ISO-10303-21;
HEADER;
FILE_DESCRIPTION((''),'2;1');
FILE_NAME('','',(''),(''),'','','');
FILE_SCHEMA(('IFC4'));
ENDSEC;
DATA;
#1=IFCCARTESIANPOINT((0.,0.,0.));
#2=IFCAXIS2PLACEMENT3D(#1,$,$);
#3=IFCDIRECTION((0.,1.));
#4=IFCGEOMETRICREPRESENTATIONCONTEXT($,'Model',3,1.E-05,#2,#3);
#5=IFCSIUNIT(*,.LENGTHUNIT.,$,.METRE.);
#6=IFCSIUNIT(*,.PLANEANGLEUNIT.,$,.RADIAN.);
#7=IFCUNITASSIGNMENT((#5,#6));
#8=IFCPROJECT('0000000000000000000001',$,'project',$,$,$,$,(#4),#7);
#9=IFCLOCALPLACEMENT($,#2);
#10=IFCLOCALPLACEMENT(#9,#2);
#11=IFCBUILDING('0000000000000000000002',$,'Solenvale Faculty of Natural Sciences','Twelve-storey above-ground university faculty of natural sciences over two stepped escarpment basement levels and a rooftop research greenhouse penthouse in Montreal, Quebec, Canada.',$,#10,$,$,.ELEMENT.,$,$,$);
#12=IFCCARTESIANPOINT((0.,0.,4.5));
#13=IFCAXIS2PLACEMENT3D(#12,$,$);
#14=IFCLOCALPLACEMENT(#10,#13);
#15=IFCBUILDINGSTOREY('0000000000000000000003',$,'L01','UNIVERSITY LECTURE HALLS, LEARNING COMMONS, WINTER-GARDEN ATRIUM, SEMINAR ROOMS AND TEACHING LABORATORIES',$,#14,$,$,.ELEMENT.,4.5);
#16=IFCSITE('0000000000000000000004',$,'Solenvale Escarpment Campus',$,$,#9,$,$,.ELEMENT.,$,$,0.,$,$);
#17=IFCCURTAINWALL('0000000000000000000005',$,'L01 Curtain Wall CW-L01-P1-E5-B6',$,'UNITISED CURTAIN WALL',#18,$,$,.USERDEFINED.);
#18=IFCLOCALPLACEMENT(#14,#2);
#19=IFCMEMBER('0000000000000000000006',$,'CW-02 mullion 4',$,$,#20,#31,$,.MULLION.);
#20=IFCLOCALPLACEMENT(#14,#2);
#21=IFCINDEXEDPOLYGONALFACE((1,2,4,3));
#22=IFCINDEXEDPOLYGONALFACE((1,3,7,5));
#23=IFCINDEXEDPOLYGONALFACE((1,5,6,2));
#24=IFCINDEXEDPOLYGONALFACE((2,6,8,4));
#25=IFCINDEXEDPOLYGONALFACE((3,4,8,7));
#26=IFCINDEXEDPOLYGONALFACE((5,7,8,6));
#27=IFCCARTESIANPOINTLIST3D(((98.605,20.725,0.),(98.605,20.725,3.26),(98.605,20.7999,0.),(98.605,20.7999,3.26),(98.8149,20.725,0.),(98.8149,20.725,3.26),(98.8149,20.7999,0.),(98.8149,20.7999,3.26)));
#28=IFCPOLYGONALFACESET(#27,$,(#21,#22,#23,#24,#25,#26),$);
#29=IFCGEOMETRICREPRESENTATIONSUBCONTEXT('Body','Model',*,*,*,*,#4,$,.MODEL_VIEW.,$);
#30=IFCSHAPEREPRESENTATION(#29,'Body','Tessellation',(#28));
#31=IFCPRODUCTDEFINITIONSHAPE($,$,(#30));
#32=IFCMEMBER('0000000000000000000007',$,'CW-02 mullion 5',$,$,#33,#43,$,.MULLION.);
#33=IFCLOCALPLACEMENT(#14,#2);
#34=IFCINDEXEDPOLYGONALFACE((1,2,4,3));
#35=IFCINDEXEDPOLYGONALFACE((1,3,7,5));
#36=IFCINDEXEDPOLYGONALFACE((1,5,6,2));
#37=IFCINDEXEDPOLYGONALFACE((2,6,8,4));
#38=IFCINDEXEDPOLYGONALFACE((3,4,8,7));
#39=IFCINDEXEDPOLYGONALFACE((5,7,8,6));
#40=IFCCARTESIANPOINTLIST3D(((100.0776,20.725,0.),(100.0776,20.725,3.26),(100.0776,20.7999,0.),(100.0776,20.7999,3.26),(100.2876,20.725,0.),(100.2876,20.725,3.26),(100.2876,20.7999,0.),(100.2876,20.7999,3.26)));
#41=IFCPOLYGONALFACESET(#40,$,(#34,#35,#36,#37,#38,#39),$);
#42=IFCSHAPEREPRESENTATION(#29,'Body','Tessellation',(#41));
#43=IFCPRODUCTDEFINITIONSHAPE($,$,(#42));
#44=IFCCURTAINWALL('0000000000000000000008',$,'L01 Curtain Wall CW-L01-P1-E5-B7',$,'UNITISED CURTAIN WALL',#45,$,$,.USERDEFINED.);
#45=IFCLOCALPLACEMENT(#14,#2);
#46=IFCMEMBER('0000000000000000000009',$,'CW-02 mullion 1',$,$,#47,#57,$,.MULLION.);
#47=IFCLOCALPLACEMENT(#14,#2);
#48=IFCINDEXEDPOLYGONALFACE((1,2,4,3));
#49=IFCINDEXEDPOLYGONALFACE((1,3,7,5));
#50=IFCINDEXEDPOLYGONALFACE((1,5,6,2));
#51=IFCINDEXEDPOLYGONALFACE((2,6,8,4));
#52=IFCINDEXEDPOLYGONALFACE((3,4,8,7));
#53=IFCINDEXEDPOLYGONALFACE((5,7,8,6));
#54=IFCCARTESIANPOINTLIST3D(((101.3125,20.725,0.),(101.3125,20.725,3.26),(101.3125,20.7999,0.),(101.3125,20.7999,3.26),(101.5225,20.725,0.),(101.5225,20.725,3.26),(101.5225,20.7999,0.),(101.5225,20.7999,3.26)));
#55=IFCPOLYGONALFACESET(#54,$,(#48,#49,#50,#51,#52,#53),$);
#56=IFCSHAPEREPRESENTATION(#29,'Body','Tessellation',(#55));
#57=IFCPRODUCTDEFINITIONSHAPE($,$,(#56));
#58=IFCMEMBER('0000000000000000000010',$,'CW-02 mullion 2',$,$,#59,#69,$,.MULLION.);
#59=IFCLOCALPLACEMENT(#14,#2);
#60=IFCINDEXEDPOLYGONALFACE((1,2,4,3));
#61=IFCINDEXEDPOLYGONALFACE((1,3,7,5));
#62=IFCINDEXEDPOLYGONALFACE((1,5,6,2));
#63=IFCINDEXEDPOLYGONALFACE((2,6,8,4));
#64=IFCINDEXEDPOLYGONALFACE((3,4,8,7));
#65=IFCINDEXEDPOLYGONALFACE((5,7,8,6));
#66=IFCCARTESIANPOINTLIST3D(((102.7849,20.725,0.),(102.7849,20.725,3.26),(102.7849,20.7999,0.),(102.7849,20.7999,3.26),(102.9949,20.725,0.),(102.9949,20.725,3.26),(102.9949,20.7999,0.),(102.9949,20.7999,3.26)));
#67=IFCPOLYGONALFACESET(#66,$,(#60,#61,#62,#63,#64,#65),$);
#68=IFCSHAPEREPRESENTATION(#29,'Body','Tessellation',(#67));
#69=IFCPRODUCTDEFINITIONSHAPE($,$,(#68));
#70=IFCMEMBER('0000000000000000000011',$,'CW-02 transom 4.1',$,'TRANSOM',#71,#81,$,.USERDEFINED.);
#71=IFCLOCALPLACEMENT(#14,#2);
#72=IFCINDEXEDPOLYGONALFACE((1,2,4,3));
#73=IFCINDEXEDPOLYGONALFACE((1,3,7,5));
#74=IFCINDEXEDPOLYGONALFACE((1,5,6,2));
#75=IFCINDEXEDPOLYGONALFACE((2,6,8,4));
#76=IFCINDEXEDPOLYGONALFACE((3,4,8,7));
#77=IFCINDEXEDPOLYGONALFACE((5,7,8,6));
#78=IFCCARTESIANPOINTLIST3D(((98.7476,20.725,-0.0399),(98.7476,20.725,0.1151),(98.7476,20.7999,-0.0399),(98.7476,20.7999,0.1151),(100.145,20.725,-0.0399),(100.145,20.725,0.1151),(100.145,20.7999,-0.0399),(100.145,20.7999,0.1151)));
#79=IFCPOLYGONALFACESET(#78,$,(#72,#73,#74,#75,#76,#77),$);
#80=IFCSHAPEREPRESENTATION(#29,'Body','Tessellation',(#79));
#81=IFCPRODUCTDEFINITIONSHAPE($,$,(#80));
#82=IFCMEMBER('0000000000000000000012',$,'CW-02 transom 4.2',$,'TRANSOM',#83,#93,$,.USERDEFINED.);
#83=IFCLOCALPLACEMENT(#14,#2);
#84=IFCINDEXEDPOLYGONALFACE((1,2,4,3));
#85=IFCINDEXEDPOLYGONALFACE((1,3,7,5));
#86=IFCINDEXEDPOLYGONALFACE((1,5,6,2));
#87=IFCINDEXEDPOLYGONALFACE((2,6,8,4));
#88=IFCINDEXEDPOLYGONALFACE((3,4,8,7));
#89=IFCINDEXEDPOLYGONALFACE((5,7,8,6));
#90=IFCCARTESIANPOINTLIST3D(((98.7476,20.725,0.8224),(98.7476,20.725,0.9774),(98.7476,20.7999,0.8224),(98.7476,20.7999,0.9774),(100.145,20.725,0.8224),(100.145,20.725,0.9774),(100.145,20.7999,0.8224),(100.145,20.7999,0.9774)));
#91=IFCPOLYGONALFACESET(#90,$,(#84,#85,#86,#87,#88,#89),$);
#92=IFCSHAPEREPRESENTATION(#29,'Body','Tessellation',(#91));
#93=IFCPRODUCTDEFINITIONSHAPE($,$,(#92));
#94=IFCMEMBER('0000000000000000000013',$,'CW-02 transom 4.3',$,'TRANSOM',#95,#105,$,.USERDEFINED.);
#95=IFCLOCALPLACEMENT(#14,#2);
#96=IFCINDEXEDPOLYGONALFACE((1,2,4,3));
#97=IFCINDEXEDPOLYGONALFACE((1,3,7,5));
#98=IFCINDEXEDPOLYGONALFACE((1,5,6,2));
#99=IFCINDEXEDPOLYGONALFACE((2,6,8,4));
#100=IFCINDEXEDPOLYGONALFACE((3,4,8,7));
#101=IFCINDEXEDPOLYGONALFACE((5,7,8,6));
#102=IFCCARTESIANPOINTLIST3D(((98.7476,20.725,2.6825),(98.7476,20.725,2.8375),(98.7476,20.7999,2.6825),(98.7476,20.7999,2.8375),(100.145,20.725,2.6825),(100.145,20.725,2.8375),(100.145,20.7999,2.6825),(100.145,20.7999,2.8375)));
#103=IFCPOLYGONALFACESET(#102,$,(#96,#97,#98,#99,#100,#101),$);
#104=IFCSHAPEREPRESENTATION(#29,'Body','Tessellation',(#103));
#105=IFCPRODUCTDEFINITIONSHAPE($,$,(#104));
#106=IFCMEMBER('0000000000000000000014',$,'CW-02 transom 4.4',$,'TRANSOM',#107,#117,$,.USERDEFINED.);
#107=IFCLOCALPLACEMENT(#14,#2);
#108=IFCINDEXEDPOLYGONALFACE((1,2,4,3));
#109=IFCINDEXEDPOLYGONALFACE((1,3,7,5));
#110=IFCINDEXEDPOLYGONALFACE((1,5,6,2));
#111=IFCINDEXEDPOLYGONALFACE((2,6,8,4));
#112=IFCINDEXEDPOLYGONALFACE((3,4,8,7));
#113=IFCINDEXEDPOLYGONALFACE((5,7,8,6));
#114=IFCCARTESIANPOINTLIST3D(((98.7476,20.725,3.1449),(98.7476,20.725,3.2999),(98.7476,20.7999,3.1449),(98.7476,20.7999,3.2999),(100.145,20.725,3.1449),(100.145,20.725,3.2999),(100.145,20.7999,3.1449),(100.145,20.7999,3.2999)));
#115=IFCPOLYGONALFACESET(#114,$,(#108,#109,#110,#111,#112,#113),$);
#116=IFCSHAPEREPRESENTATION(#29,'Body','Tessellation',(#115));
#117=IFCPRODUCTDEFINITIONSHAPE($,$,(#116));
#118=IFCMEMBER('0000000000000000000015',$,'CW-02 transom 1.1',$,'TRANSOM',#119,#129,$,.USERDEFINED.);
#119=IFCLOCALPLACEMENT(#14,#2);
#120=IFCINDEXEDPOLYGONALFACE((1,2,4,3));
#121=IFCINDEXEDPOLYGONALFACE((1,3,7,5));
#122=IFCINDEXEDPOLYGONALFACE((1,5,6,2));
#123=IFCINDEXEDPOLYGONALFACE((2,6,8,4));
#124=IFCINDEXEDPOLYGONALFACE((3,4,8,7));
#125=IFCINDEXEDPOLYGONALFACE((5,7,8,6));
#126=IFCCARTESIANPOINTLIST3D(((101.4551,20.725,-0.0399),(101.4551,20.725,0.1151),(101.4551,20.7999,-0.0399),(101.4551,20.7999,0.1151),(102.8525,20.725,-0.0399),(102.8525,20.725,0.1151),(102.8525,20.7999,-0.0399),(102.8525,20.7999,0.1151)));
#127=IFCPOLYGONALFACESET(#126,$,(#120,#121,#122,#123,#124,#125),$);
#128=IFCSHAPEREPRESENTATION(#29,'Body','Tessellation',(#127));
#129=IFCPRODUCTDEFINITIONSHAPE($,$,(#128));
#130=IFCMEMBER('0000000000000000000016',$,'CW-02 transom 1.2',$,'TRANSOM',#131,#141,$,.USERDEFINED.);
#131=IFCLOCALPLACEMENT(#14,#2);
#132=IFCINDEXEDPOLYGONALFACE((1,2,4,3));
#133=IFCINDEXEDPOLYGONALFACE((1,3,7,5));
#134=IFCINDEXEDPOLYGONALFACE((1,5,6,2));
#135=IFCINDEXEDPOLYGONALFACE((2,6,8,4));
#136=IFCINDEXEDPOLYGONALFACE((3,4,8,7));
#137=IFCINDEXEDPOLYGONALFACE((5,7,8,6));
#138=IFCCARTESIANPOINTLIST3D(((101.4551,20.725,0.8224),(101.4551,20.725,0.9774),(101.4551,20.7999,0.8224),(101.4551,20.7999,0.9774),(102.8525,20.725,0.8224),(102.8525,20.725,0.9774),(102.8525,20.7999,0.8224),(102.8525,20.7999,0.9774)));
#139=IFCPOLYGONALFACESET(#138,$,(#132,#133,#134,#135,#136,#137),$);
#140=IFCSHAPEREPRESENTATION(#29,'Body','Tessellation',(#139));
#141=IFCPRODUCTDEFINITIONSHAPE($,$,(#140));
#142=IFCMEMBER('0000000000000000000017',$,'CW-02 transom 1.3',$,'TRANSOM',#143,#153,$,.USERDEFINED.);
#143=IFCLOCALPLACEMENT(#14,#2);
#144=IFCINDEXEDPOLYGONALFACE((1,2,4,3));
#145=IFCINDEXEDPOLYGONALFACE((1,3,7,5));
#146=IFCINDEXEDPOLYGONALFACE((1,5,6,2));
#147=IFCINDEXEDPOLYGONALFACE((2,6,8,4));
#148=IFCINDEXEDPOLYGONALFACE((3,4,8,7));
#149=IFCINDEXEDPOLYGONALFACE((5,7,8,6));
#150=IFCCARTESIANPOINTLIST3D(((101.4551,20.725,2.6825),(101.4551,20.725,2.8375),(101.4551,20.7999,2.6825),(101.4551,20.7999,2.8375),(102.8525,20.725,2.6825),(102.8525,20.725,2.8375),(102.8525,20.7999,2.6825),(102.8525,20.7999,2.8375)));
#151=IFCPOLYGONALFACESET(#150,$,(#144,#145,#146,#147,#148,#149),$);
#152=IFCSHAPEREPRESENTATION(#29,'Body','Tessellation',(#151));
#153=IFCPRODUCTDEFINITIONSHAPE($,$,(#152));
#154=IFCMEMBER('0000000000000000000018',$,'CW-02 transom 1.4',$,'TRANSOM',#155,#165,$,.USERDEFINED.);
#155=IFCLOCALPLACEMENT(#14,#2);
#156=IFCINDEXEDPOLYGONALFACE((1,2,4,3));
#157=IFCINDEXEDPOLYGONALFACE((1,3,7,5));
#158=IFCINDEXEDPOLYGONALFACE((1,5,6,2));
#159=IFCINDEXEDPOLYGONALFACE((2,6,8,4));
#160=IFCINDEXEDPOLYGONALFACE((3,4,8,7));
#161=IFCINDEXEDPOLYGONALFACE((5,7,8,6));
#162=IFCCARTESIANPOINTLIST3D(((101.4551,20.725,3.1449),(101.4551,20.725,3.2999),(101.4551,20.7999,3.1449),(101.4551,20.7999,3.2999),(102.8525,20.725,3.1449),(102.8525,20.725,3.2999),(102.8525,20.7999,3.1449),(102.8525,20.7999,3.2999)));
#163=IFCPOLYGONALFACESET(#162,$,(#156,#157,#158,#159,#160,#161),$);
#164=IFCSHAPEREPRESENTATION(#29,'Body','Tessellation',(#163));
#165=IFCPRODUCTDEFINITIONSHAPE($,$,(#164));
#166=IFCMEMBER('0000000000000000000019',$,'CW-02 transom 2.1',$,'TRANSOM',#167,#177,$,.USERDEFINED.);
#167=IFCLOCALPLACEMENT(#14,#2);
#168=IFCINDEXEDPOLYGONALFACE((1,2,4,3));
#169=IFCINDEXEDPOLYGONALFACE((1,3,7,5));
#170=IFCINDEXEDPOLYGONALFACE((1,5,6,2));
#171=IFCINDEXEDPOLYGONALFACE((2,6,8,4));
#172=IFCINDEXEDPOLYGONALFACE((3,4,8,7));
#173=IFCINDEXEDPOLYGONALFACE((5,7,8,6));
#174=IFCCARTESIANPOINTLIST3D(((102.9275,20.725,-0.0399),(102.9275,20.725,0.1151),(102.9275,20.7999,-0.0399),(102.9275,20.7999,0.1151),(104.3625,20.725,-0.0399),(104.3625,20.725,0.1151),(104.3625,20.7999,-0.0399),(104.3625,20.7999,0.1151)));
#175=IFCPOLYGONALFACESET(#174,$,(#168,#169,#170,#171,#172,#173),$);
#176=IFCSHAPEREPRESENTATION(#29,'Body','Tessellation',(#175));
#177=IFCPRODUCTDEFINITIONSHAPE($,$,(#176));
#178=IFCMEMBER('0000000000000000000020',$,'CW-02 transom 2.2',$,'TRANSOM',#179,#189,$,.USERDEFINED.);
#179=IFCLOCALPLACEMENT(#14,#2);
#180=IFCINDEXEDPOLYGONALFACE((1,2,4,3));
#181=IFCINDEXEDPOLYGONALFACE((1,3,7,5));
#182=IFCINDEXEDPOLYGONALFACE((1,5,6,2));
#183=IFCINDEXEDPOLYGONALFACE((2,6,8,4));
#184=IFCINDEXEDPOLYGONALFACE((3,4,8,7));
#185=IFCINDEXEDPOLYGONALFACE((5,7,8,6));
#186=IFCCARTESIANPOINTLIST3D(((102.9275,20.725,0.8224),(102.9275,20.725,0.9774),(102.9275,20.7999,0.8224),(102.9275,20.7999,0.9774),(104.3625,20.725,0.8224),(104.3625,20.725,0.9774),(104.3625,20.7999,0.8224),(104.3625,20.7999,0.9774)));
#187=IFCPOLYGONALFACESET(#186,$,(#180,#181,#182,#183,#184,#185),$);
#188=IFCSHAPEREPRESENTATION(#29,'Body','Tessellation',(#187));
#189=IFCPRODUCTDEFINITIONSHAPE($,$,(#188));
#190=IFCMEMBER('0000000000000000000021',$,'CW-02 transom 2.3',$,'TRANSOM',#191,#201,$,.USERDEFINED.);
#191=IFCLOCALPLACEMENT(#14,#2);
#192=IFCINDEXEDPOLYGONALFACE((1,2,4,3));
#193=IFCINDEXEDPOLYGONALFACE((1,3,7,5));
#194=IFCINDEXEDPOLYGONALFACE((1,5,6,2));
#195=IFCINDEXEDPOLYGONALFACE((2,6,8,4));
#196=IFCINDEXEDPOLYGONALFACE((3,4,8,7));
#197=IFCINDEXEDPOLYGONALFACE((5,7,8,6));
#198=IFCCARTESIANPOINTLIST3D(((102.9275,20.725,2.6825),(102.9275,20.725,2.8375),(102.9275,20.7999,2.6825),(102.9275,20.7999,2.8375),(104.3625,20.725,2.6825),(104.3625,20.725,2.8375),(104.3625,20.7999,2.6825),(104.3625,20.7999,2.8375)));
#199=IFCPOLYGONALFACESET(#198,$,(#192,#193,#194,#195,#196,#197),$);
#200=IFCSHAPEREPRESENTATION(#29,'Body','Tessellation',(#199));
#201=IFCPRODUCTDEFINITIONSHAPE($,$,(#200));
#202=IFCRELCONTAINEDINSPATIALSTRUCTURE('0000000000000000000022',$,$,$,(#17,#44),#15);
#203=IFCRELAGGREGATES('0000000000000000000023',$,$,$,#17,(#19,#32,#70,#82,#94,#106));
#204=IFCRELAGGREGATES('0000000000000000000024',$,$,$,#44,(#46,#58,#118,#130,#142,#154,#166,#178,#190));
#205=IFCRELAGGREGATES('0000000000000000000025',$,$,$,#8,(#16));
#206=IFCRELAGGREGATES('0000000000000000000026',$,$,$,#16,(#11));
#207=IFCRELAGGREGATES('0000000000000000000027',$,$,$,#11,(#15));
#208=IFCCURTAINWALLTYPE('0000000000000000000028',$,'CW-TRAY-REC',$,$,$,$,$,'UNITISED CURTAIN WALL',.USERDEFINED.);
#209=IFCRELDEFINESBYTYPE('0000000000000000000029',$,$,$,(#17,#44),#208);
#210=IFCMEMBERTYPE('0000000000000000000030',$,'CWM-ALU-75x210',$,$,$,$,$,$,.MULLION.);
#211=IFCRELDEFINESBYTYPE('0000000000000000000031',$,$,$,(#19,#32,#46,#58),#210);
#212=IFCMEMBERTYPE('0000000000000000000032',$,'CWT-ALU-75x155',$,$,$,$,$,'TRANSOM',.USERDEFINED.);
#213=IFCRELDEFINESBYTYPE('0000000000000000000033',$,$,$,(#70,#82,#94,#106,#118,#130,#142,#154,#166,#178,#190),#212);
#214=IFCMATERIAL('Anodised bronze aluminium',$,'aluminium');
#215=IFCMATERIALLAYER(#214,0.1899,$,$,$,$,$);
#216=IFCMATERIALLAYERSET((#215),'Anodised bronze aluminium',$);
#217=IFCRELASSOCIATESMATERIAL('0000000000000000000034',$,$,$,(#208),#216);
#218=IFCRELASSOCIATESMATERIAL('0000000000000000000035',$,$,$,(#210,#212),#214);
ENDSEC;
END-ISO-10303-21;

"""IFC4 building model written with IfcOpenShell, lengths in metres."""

from ifc_helpers import new_model, si_unit, direction, frame, origin, origin_2d, place, context, subcontext, project, spatial, rectangle, extrude, material, layer, layer_set, material_profile, profile_set, type_object, element, aggregate, save


model = new_model("IFC4")

# Units and contexts
model_context = context("Model", 3, precision=1e-05, world=origin(), true_north=direction((0.0, 1.0)))
body_context = subcontext(model_context, "Body", "Model", "MODEL_VIEW")
ifc_project = project(units=[si_unit("LENGTHUNIT", "METRE"), si_unit("PLANEANGLEUNIT", "RADIAN")], contexts=[model_context])

# Site, building, storey
site_placement = place(None, origin())
site = spatial("IfcSite", under=ifc_project, at=site_placement, Name="Solenvale Escarpment Campus", CompositionType="ELEMENT", RefElevation=0.0)
building_placement = place(site_placement, origin())
building = spatial("IfcBuilding", under=site, at=building_placement, Name="Solenvale Faculty of Natural Sciences", Description="Twelve-storey above-ground university faculty of natural sciences over two stepped escarpment basement levels and a rooftop research greenhouse penthouse in Montreal, Quebec, Canada.", CompositionType="ELEMENT")
storey_placement = place(building_placement, frame((0.0, 0.0, 4.5)))
storey = spatial("IfcBuildingStorey", under=building, at=storey_placement, Name="L01", Description="UNIVERSITY LECTURE HALLS, LEARNING COMMONS, WINTER-GARDEN ATRIUM, SEMINAR ROOMS AND TEACHING LABORATORIES", CompositionType="ELEMENT", Elevation=4.5)

# Curtain walls, members
ifc_material_1 = material(Name="Anodised bronze aluminium", Category="aluminium")
ifc_layer_1 = layer(ifc_material_1, 0.1899)
ifc_layer_set_1 = layer_set([ifc_layer_1], Name="Anodised bronze aluminium")
curtain_wall_type = type_object("IfcCurtainWallType", Name="CW-TRAY-REC", ElementType="UNITISED CURTAIN WALL", PredefinedType="USERDEFINED", material=ifc_layer_set_1)
curtain_wall_1_placement = place(storey_placement, origin())
curtain_wall_1 = element("IfcCurtainWall", 1, at=curtain_wall_1_placement, inside=storey, type_object=curtain_wall_type, Name="L01 Curtain Wall CW-L01-P1-E5-B6", ObjectType="UNITISED CURTAIN WALL", PredefinedType="USERDEFINED")
ifc_material_profile_1 = material_profile(ifc_material_1, rectangle(XDim=0.075, YDim=0.21, at=origin_2d()), Name="ALU-MUL-75x210")
ifc_profile_set_1 = profile_set([ifc_material_profile_1], Name="Anodised bronze aluminium")
member_type_1 = type_object("IfcMemberType", Name="CWM-ALU-75x210", PredefinedType="MULLION", material=ifc_profile_set_1)
member_1_placement = place(storey_placement, frame((98.71, 20.7625, 0.0), z_axis=(0.0, 0.0, 1.0), x_axis=(0.0, 1.0, 0.0)))
member_1 = element("IfcMember", 2, at=member_1_placement, type_object=member_type_1, Name="CW-02 mullion 4", PredefinedType="MULLION", context=body_context, shape_type="SweptSolid", body=[
    extrude(rectangle(XDim=0.075, YDim=0.21, at=origin_2d()), origin(), (0.0, 0.0, 1.0), 3.26),
])
member_2_placement = place(storey_placement, frame((100.1826, 20.7625, 0.0), z_axis=(0.0, 0.0, 1.0), x_axis=(0.0, 1.0, 0.0)))
member_2 = element("IfcMember", 3, at=member_2_placement, type_object=member_type_1, Name="CW-02 mullion 5", PredefinedType="MULLION", context=body_context, shape_type="SweptSolid", body=[
    extrude(rectangle(XDim=0.075, YDim=0.21, at=origin_2d()), origin(), (0.0, 0.0, 1.0), 3.26),
])
curtain_wall_2_placement = place(storey_placement, origin())
curtain_wall_2 = element("IfcCurtainWall", 4, at=curtain_wall_2_placement, inside=storey, type_object=curtain_wall_type, Name="L01 Curtain Wall CW-L01-P1-E5-B7", ObjectType="UNITISED CURTAIN WALL", PredefinedType="USERDEFINED")
member_3_placement = place(storey_placement, frame((101.4175, 20.7625, 0.0), z_axis=(0.0, 0.0, 1.0), x_axis=(0.0, 1.0, 0.0)))
member_3 = element("IfcMember", 5, at=member_3_placement, type_object=member_type_1, Name="CW-02 mullion 1", PredefinedType="MULLION", context=body_context, shape_type="SweptSolid", body=[
    extrude(rectangle(XDim=0.075, YDim=0.21, at=origin_2d()), origin(), (0.0, 0.0, 1.0), 3.26),
])
member_4_placement = place(storey_placement, frame((102.8899, 20.7625, 0.0), z_axis=(0.0, 0.0, 1.0), x_axis=(0.0, 1.0, 0.0)))
member_4 = element("IfcMember", 6, at=member_4_placement, type_object=member_type_1, Name="CW-02 mullion 2", PredefinedType="MULLION", context=body_context, shape_type="SweptSolid", body=[
    extrude(rectangle(XDim=0.075, YDim=0.21, at=origin_2d()), origin(), (0.0, 0.0, 1.0), 3.26),
])

# Members
ifc_material_profile_2 = material_profile(ifc_material_1, rectangle(XDim=0.075, YDim=0.155, at=origin_2d()), Name="ALU-TRN-75x155")
ifc_profile_set_2 = profile_set([ifc_material_profile_2], Name="Anodised bronze aluminium")
member_type_2 = type_object("IfcMemberType", Name="CWT-ALU-75x155", ElementType="TRANSOM", PredefinedType="USERDEFINED", material=ifc_profile_set_2)
member_5_placement = place(storey_placement, frame((98.7476, 20.7625, 0.0376), z_axis=(1.0, 0.0, 0.0), x_axis=(0.0, 1.0, 0.0)))
member_5 = element("IfcMember", 7, at=member_5_placement, type_object=member_type_2, Name="CW-02 transom 4.1", ObjectType="TRANSOM", PredefinedType="USERDEFINED", context=body_context, shape_type="SweptSolid", body=[
    extrude(rectangle(XDim=0.075, YDim=0.155, at=origin_2d()), origin(), (0.0, 0.0, 1.0), 1.3975),
])
member_6_placement = place(storey_placement, frame((98.7476, 20.7625, 0.8999), z_axis=(1.0, 0.0, 0.0), x_axis=(0.0, 1.0, 0.0)))
member_6 = element("IfcMember", 8, at=member_6_placement, type_object=member_type_2, Name="CW-02 transom 4.2", ObjectType="TRANSOM", PredefinedType="USERDEFINED", context=body_context, shape_type="SweptSolid", body=[
    extrude(rectangle(XDim=0.075, YDim=0.155, at=origin_2d()), origin(), (0.0, 0.0, 1.0), 1.3975),
])
member_7_placement = place(storey_placement, frame((98.7476, 20.7625, 2.76), z_axis=(1.0, 0.0, 0.0), x_axis=(0.0, 1.0, 0.0)))
member_7 = element("IfcMember", 9, at=member_7_placement, type_object=member_type_2, Name="CW-02 transom 4.3", ObjectType="TRANSOM", PredefinedType="USERDEFINED", context=body_context, shape_type="SweptSolid", body=[
    extrude(rectangle(XDim=0.075, YDim=0.155, at=origin_2d()), origin(), (0.0, 0.0, 1.0), 1.3975),
])
member_8_placement = place(storey_placement, frame((98.7476, 20.7625, 3.2224), z_axis=(1.0, 0.0, 0.0), x_axis=(0.0, 1.0, 0.0)))
member_8 = element("IfcMember", 10, at=member_8_placement, type_object=member_type_2, Name="CW-02 transom 4.4", ObjectType="TRANSOM", PredefinedType="USERDEFINED", context=body_context, shape_type="SweptSolid", body=[
    extrude(rectangle(XDim=0.075, YDim=0.155, at=origin_2d()), origin(), (0.0, 0.0, 1.0), 1.3975),
])
member_9_placement = place(storey_placement, frame((101.4551, 20.7625, 0.0376), z_axis=(1.0, 0.0, 0.0), x_axis=(0.0, 1.0, 0.0)))
member_9 = element("IfcMember", 11, at=member_9_placement, type_object=member_type_2, Name="CW-02 transom 1.1", ObjectType="TRANSOM", PredefinedType="USERDEFINED", context=body_context, shape_type="SweptSolid", body=[
    extrude(rectangle(XDim=0.075, YDim=0.155, at=origin_2d()), origin(), (0.0, 0.0, 1.0), 1.3975),
])
member_10_placement = place(storey_placement, frame((101.4551, 20.7625, 0.8999), z_axis=(1.0, 0.0, 0.0), x_axis=(0.0, 1.0, 0.0)))
member_10 = element("IfcMember", 12, at=member_10_placement, type_object=member_type_2, Name="CW-02 transom 1.2", ObjectType="TRANSOM", PredefinedType="USERDEFINED", context=body_context, shape_type="SweptSolid", body=[
    extrude(rectangle(XDim=0.075, YDim=0.155, at=origin_2d()), origin(), (0.0, 0.0, 1.0), 1.3975),
])
member_11_placement = place(storey_placement, frame((101.4551, 20.7625, 2.76), z_axis=(1.0, 0.0, 0.0), x_axis=(0.0, 1.0, 0.0)))
member_11 = element("IfcMember", 13, at=member_11_placement, type_object=member_type_2, Name="CW-02 transom 1.3", ObjectType="TRANSOM", PredefinedType="USERDEFINED", context=body_context, shape_type="SweptSolid", body=[
    extrude(rectangle(XDim=0.075, YDim=0.155, at=origin_2d()), origin(), (0.0, 0.0, 1.0), 1.3975),
])
member_12_placement = place(storey_placement, frame((101.4551, 20.7625, 3.2224), z_axis=(1.0, 0.0, 0.0), x_axis=(0.0, 1.0, 0.0)))
member_12 = element("IfcMember", 14, at=member_12_placement, type_object=member_type_2, Name="CW-02 transom 1.4", ObjectType="TRANSOM", PredefinedType="USERDEFINED", context=body_context, shape_type="SweptSolid", body=[
    extrude(rectangle(XDim=0.075, YDim=0.155, at=origin_2d()), origin(), (0.0, 0.0, 1.0), 1.3975),
])
member_13_placement = place(storey_placement, frame((102.9275, 20.7625, 0.0376), z_axis=(1.0, 0.0, 0.0), x_axis=(0.0, 1.0, 0.0)))
member_13 = element("IfcMember", 15, at=member_13_placement, type_object=member_type_2, Name="CW-02 transom 2.1", ObjectType="TRANSOM", PredefinedType="USERDEFINED", context=body_context, shape_type="SweptSolid", body=[
    extrude(rectangle(XDim=0.075, YDim=0.155, at=origin_2d()), origin(), (0.0, 0.0, 1.0), 1.4351),
])
member_14_placement = place(storey_placement, frame((102.9275, 20.7625, 0.8999), z_axis=(1.0, 0.0, 0.0), x_axis=(0.0, 1.0, 0.0)))
member_14 = element("IfcMember", 16, at=member_14_placement, type_object=member_type_2, Name="CW-02 transom 2.2", ObjectType="TRANSOM", PredefinedType="USERDEFINED", context=body_context, shape_type="SweptSolid", body=[
    extrude(rectangle(XDim=0.075, YDim=0.155, at=origin_2d()), origin(), (0.0, 0.0, 1.0), 1.4351),
])
member_15_placement = place(storey_placement, frame((102.9275, 20.7625, 2.76), z_axis=(1.0, 0.0, 0.0), x_axis=(0.0, 1.0, 0.0)))
member_15 = element("IfcMember", 17, at=member_15_placement, type_object=member_type_2, Name="CW-02 transom 2.3", ObjectType="TRANSOM", PredefinedType="USERDEFINED", context=body_context, shape_type="SweptSolid", body=[
    extrude(rectangle(XDim=0.075, YDim=0.155, at=origin_2d()), origin(), (0.0, 0.0, 1.0), 1.4351),
])

aggregate(curtain_wall_1, [member_1, member_2, member_5, member_6, member_7, member_8])
aggregate(curtain_wall_2, [member_3, member_4, member_9, member_10, member_11, member_12, member_13, member_14, member_15])

save(model, "model.ifc")
